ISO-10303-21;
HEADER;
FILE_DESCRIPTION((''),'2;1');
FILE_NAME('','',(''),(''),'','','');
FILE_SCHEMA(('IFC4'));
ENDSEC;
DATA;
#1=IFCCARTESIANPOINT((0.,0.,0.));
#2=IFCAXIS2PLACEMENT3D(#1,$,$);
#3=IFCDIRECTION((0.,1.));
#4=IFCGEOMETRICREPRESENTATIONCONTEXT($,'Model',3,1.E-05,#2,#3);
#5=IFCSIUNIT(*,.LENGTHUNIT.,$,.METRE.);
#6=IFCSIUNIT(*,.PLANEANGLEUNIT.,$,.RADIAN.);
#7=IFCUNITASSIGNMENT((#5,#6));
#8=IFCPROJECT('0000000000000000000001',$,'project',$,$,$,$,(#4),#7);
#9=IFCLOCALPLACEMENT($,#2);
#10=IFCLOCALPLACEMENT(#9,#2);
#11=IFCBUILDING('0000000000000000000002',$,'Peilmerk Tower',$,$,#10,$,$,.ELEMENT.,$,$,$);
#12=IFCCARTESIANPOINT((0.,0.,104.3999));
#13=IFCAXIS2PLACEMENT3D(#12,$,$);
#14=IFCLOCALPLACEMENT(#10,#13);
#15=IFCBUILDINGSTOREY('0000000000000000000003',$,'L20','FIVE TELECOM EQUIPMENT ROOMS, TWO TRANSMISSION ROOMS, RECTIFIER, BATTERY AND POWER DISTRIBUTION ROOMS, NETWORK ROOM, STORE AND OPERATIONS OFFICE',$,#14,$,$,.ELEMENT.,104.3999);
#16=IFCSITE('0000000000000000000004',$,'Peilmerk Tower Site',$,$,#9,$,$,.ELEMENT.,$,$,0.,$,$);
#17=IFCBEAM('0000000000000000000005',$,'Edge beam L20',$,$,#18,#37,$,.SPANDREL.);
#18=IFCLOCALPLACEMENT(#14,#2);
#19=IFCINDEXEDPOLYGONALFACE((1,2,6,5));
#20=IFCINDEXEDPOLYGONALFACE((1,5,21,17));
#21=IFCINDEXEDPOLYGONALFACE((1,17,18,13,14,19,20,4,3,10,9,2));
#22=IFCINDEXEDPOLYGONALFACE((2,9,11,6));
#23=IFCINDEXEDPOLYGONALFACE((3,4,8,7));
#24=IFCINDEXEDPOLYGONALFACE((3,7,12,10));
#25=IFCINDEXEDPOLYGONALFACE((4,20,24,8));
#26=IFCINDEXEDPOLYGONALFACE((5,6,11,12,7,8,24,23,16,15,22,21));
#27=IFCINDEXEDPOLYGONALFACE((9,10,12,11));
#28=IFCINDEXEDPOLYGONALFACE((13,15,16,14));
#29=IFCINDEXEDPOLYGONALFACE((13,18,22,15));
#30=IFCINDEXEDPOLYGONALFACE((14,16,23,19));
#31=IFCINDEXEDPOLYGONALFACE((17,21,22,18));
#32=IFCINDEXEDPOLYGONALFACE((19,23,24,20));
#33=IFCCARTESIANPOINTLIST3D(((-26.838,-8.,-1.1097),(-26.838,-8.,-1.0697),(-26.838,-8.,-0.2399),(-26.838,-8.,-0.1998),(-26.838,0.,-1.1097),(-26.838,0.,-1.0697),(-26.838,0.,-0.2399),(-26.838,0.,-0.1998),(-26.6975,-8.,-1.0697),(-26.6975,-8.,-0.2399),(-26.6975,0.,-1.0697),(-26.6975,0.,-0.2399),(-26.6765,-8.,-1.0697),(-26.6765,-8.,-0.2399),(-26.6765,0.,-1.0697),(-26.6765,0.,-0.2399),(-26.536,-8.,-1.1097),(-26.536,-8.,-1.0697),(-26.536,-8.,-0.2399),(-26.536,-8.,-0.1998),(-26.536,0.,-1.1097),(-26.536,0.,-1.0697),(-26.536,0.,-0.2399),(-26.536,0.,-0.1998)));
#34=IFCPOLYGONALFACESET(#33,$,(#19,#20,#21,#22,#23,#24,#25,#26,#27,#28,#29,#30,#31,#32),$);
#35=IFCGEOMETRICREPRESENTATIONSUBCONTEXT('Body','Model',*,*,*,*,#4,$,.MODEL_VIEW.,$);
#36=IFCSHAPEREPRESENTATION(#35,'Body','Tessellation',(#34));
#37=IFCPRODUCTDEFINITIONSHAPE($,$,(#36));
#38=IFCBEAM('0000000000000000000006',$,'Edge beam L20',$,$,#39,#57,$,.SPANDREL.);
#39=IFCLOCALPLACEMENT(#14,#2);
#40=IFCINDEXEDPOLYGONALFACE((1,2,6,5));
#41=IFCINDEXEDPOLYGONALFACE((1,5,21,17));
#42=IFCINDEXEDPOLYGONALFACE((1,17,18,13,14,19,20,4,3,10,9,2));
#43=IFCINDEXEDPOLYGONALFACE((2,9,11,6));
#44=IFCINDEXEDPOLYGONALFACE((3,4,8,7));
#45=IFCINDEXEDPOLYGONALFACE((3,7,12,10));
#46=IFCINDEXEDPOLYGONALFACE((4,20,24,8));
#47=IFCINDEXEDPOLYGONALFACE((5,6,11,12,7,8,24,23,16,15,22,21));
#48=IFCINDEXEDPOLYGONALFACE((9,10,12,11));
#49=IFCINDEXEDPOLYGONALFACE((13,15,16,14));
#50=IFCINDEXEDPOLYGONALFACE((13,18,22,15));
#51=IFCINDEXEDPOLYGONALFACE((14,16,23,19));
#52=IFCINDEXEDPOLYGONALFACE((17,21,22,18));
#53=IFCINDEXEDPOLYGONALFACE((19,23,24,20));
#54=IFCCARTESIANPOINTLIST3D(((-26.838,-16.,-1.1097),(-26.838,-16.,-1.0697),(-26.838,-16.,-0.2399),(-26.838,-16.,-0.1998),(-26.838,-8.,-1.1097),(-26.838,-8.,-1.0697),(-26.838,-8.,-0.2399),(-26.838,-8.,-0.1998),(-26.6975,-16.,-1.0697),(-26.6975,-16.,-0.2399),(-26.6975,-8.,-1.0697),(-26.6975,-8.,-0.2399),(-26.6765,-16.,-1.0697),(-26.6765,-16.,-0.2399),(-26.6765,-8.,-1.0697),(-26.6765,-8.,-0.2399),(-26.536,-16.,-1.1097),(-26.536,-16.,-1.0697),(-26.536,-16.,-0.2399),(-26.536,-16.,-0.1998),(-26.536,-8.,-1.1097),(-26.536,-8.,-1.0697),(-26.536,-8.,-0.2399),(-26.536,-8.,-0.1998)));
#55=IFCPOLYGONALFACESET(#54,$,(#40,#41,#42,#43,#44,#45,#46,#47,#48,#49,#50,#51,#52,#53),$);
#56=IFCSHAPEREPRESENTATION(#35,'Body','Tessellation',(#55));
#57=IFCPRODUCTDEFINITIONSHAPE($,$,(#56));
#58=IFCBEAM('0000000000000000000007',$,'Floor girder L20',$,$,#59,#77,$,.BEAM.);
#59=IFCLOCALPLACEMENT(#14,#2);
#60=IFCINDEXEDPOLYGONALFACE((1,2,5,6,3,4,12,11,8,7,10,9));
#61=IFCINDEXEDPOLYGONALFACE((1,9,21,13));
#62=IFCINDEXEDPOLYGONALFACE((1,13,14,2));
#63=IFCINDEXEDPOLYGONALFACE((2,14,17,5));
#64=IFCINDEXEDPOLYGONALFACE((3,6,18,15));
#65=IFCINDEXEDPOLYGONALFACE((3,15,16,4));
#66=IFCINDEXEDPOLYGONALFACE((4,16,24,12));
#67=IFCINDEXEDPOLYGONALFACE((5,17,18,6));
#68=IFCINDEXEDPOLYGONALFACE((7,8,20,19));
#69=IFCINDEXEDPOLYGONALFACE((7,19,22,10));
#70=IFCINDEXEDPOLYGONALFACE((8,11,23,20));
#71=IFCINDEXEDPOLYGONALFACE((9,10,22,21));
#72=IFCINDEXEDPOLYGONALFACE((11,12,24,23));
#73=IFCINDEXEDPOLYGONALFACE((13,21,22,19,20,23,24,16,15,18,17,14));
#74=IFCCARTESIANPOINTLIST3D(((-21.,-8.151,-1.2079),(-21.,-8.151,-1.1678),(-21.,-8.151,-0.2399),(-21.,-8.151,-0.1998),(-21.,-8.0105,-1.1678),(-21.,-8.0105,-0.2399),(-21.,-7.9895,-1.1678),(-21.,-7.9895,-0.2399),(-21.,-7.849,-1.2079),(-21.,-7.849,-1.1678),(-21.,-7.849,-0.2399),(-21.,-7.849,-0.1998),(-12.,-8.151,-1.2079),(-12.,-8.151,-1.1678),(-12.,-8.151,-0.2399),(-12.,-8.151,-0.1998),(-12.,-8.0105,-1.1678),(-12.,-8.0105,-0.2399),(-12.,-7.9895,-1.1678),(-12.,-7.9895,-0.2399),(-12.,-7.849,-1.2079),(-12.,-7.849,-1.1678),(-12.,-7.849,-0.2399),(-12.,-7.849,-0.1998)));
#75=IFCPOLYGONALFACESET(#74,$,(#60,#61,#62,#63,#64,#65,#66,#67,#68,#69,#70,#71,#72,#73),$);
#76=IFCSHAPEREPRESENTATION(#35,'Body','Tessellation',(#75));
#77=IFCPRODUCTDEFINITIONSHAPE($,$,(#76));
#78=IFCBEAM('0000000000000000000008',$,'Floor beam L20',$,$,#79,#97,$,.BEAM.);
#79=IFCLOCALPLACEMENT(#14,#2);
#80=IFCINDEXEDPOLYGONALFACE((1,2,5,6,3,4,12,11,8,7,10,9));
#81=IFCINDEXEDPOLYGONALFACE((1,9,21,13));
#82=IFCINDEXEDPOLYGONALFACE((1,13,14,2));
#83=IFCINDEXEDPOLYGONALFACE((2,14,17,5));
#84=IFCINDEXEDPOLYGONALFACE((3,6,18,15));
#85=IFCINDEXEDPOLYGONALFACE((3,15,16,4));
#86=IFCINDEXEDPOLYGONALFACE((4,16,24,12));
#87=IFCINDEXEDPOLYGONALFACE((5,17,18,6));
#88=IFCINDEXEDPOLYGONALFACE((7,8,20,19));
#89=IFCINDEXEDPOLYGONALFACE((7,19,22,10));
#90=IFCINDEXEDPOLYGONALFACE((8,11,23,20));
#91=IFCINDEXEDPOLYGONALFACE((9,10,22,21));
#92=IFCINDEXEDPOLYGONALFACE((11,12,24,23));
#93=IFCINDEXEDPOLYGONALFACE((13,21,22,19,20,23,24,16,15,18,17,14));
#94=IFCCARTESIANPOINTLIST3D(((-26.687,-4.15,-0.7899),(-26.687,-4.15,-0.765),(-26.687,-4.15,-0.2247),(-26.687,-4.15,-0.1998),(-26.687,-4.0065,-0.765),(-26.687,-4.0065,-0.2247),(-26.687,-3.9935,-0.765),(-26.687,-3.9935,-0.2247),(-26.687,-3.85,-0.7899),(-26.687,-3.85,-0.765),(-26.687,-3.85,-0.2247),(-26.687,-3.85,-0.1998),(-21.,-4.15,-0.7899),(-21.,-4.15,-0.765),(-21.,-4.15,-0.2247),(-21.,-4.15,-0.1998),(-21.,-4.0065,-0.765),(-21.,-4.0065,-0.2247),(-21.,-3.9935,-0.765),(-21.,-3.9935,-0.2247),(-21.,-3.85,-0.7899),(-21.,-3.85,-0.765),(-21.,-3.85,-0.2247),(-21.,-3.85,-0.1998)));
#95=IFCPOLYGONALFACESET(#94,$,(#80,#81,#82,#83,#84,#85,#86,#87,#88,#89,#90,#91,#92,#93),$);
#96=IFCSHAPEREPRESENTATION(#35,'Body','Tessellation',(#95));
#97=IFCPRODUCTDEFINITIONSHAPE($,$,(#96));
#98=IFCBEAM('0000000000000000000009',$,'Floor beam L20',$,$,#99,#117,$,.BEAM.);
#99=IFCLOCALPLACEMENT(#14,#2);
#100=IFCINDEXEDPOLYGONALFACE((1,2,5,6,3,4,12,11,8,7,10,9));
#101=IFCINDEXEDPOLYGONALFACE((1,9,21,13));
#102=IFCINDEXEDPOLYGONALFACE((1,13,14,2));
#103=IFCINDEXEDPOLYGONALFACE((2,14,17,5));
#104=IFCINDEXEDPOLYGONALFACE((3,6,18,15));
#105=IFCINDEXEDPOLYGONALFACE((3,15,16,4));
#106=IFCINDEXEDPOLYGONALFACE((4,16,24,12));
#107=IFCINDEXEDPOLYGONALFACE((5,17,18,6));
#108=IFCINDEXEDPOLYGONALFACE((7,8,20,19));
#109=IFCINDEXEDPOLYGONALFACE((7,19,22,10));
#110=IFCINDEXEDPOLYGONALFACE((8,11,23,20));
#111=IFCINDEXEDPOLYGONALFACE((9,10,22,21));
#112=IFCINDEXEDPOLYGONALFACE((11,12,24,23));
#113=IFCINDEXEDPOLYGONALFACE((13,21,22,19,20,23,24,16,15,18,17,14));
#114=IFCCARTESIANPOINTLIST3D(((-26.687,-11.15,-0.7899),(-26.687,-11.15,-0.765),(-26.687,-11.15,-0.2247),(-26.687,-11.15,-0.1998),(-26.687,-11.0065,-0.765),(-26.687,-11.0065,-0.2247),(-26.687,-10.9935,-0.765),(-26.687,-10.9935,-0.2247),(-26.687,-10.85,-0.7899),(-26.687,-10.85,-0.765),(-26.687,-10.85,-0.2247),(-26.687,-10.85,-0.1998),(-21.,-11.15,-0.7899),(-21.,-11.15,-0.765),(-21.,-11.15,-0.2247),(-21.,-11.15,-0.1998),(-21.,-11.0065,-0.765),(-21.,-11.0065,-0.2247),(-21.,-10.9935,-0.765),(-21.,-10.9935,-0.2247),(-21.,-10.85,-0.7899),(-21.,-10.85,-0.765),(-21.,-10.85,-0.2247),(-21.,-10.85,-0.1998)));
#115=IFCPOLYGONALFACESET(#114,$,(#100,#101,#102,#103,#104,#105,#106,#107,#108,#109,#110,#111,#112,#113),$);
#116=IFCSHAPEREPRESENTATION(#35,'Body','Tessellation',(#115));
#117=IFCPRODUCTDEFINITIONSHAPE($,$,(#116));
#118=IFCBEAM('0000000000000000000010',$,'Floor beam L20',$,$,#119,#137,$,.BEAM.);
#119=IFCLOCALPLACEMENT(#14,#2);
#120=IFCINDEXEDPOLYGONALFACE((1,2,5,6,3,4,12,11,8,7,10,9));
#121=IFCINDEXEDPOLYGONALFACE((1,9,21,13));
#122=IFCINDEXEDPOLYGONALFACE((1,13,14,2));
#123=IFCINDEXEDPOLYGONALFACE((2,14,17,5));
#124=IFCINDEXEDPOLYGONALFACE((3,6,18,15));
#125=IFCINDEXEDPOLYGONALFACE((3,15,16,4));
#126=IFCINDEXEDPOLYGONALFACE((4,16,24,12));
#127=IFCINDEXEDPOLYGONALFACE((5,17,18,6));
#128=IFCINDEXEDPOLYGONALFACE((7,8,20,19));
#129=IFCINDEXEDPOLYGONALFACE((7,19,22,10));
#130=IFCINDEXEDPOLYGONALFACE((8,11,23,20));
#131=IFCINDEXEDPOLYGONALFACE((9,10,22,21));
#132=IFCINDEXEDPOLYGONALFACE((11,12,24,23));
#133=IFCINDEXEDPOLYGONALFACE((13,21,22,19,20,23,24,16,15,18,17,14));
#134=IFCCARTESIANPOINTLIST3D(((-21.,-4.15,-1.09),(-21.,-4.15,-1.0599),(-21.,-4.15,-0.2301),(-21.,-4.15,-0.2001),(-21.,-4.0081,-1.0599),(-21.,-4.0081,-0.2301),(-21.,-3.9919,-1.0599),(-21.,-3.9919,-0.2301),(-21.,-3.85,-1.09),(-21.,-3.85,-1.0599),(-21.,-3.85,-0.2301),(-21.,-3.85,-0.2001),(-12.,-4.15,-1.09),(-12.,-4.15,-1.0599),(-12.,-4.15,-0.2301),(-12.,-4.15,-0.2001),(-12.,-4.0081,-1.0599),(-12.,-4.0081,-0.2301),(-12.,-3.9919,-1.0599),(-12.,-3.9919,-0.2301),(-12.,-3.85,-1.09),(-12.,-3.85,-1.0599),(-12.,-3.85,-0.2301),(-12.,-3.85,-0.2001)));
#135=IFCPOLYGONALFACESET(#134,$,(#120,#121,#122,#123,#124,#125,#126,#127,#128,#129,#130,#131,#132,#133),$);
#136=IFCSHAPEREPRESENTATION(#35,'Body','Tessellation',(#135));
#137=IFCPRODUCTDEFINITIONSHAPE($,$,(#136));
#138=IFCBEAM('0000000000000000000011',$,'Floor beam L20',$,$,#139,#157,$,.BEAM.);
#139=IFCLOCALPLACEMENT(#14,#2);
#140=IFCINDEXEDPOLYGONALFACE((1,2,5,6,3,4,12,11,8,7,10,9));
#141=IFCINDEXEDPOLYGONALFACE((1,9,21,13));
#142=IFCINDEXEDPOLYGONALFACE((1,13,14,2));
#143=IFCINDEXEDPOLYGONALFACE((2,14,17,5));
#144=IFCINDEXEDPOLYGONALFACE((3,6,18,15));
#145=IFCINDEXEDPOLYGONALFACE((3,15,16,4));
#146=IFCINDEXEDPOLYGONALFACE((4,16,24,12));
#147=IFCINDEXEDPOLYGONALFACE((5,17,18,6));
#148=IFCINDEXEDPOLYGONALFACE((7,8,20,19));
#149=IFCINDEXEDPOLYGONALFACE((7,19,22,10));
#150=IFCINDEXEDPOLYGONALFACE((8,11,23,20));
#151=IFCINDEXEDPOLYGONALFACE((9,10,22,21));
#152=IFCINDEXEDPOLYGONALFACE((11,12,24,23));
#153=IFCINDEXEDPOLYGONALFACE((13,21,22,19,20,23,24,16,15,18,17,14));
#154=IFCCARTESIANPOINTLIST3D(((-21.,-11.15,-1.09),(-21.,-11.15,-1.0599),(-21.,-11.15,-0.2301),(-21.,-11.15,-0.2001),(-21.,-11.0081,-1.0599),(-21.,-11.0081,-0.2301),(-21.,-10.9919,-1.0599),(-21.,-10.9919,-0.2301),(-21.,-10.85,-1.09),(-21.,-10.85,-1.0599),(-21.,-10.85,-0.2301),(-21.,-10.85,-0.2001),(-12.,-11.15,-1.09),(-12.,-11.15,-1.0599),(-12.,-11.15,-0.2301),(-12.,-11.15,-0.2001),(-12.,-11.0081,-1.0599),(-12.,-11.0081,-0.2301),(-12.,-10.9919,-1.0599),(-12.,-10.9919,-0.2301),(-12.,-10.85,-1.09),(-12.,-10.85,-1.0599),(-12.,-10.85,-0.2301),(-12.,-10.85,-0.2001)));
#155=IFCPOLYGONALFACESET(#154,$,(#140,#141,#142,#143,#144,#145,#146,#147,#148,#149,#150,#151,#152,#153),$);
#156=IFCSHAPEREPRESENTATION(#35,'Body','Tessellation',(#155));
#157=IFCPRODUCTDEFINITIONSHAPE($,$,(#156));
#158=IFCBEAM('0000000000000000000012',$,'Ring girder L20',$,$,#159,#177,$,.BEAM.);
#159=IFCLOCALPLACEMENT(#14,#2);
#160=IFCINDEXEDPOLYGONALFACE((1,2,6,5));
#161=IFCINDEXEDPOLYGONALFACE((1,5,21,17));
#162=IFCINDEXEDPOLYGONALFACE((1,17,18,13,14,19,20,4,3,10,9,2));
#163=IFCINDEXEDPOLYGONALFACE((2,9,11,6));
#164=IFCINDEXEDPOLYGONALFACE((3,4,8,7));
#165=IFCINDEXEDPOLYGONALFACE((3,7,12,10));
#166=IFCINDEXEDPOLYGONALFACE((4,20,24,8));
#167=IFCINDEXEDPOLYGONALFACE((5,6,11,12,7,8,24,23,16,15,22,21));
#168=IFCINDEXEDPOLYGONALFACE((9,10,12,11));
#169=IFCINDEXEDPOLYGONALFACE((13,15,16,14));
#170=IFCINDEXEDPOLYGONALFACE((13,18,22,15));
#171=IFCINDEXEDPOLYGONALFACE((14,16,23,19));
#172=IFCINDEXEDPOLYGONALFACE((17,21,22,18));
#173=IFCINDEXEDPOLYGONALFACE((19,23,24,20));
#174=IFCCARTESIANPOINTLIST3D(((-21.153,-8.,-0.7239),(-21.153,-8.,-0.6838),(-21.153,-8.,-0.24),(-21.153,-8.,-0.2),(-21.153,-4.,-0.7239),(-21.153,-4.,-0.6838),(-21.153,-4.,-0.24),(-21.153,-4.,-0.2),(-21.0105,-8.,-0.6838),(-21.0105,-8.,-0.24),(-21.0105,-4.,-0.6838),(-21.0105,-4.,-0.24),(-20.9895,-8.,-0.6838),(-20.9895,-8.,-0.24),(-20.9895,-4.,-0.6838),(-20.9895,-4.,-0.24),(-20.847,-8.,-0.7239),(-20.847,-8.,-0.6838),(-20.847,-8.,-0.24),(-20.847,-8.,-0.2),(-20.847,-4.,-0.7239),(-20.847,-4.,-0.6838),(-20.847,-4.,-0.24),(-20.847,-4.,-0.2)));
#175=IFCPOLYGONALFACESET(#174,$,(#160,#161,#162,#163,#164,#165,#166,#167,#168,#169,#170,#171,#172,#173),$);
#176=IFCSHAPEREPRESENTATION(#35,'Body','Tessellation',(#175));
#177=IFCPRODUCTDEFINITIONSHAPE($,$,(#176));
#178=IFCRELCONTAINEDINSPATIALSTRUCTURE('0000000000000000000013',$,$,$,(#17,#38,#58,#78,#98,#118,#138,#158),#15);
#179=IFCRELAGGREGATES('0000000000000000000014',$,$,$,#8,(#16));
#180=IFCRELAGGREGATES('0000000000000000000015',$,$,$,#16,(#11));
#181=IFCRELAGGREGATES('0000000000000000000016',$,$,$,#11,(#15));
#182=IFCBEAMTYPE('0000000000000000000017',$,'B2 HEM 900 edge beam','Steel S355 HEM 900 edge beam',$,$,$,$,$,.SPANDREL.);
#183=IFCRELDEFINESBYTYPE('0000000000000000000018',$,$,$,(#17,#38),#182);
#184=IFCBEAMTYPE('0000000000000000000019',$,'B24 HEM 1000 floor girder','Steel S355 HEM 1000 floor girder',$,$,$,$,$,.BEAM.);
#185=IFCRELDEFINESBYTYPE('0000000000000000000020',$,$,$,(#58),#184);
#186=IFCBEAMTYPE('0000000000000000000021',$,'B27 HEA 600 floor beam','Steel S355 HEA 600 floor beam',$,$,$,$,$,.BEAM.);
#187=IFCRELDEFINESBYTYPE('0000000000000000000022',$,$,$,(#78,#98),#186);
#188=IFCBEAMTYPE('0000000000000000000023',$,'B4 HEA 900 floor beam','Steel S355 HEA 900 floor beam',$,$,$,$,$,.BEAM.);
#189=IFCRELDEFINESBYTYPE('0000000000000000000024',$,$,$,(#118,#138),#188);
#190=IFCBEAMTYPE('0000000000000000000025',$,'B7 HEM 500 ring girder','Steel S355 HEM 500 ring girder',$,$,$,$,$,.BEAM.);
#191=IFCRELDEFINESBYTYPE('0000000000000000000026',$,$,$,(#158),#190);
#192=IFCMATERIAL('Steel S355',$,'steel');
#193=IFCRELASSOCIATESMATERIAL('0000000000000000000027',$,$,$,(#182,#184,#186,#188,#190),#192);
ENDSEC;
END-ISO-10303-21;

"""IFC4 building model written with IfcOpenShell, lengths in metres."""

from ifc_helpers import new_model, si_unit, direction, frame, origin, origin_2d, place, context, subcontext, project, spatial, i_section, extrude, material, material_profile, profile_set, type_object, element, save


model = new_model("IFC4")

# Units and contexts
model_context = context("Model", 3, precision=1e-05, world=origin(), true_north=direction((0.0, 1.0)))
body_context = subcontext(model_context, "Body", "Model", "MODEL_VIEW")
ifc_project = project(units=[si_unit("LENGTHUNIT", "METRE"), si_unit("PLANEANGLEUNIT", "RADIAN")], contexts=[model_context])

# Site, building, storey
site_placement = place(None, origin())
site = spatial("IfcSite", under=ifc_project, at=site_placement, Name="Peilmerk Tower Site", CompositionType="ELEMENT", RefElevation=0.0)
building_placement = place(site_placement, origin())
building = spatial("IfcBuilding", under=site, at=building_placement, Name="Peilmerk Tower", CompositionType="ELEMENT")
storey_placement = place(building_placement, frame((0.0, 0.0, 104.3999)))
storey = spatial("IfcBuildingStorey", under=building, at=storey_placement, Name="L20", Description="FIVE TELECOM EQUIPMENT ROOMS, TWO TRANSMISSION ROOMS, RECTIFIER, BATTERY AND POWER DISTRIBUTION ROOMS, NETWORK ROOM, STORE AND OPERATIONS OFFICE", CompositionType="ELEMENT", Elevation=104.3999)

# Beams
ifc_material_1 = material(Name="Steel S355", Category="steel")
ifc_material_profile_1 = material_profile(ifc_material_1, i_section(OverallWidth=0.302, OverallDepth=0.9099, WebThickness=0.021, FlangeThickness=0.04, at=origin_2d()), Name="HEM 900")
ifc_profile_set_1 = profile_set([ifc_material_profile_1], Name="Steel S355")
beam_type_1 = type_object("IfcBeamType", Name="B2 HEM 900 edge beam", Description="Steel S355 HEM 900 edge beam", PredefinedType="SPANDREL", material=ifc_profile_set_1)
for number, where, z_axis, x_axis, name in (
    (1, (-26.687, 0.0, -0.6548), (0.0, -1.0, 0.0), (1.0, 0.0, 0.0), "Edge beam L20"),
    (2, (-26.687, -8.0, -0.6548), (0.0, -1.0, 0.0), (1.0, 0.0, 0.0), "Edge beam L20"),
):
    element("IfcBeam", number, at=place(storey_placement, frame(where, z_axis=z_axis, x_axis=x_axis)), inside=storey, type_object=beam_type_1, Name=name, PredefinedType="SPANDREL", context=body_context, shape_type="SweptSolid", body=[
        extrude(i_section(OverallWidth=0.302, OverallDepth=0.9099, WebThickness=0.021, FlangeThickness=0.04, at=origin_2d()), origin(), (0.0, 0.0, 1.0), 8.0),
    ])
ifc_material_profile_2 = material_profile(ifc_material_1, i_section(OverallWidth=0.302, OverallDepth=1.0081, WebThickness=0.021, FlangeThickness=0.04, at=origin_2d()), Name="HEM 1000")
ifc_profile_set_2 = profile_set([ifc_material_profile_2], Name="Steel S355")
beam_type_2 = type_object("IfcBeamType", Name="B24 HEM 1000 floor girder", Description="Steel S355 HEM 1000 floor girder", PredefinedType="BEAM", material=ifc_profile_set_2)
beam_1_placement = place(storey_placement, frame((-12.0, -8.0, -0.7039), z_axis=(-1.0, 0.0, 0.0), x_axis=(0.0, -1.0, 0.0)))
element("IfcBeam", 3, at=beam_1_placement, inside=storey, type_object=beam_type_2, Name="Floor girder L20", PredefinedType="BEAM", context=body_context, shape_type="SweptSolid", body=[
    extrude(i_section(OverallWidth=0.302, OverallDepth=1.0081, WebThickness=0.021, FlangeThickness=0.04, at=origin_2d()), origin(), (0.0, 0.0, 1.0), 9.0),
])
ifc_material_profile_3 = material_profile(ifc_material_1, i_section(OverallWidth=0.3, OverallDepth=0.5901, WebThickness=0.0129, FlangeThickness=0.0249, at=origin_2d()), Name="HEA 600")
ifc_profile_set_3 = profile_set([ifc_material_profile_3], Name="Steel S355")
beam_type_3 = type_object("IfcBeamType", Name="B27 HEA 600 floor beam", Description="Steel S355 HEA 600 floor beam", PredefinedType="BEAM", material=ifc_profile_set_3)
for number, where, z_axis, x_axis, name in (
    (4, (-21.0, -4.0, -0.4949), (-1.0, 0.0, 0.0), (0.0, -1.0, 0.0), "Floor beam L20"),
    (5, (-21.0, -11.0, -0.4949), (-1.0, 0.0, 0.0), (0.0, -1.0, 0.0), "Floor beam L20"),
):
    element("IfcBeam", number, at=place(storey_placement, frame(where, z_axis=z_axis, x_axis=x_axis)), inside=storey, type_object=beam_type_3, Name=name, PredefinedType="BEAM", context=body_context, shape_type="SweptSolid", body=[
        extrude(i_section(OverallWidth=0.3, OverallDepth=0.5901, WebThickness=0.0129, FlangeThickness=0.0249, at=origin_2d()), origin(), (0.0, 0.0, 1.0), 5.687),
    ])
ifc_material_profile_4 = material_profile(ifc_material_1, i_section(OverallWidth=0.3, OverallDepth=0.8899, WebThickness=0.0161, FlangeThickness=0.03, at=origin_2d()), Name="HEA 900")
ifc_profile_set_4 = profile_set([ifc_material_profile_4], Name="Steel S355")
beam_type_4 = type_object("IfcBeamType", Name="B4 HEA 900 floor beam", Description="Steel S355 HEA 900 floor beam", PredefinedType="BEAM", material=ifc_profile_set_4)
for number, where, z_axis, x_axis, name in (
    (6, (-12.0, -4.0, -0.645), (-1.0, 0.0, 0.0), (0.0, -1.0, 0.0), "Floor beam L20"),
    (7, (-12.0, -11.0, -0.645), (-1.0, 0.0, 0.0), (0.0, -1.0, 0.0), "Floor beam L20"),
):
    element("IfcBeam", number, at=place(storey_placement, frame(where, z_axis=z_axis, x_axis=x_axis)), inside=storey, type_object=beam_type_4, Name=name, PredefinedType="BEAM", context=body_context, shape_type="SweptSolid", body=[
        extrude(i_section(OverallWidth=0.3, OverallDepth=0.8899, WebThickness=0.0161, FlangeThickness=0.03, at=origin_2d()), origin(), (0.0, 0.0, 1.0), 9.0),
    ])
ifc_material_profile_5 = material_profile(ifc_material_1, i_section(OverallWidth=0.3059, OverallDepth=0.5239, WebThickness=0.021, FlangeThickness=0.04, at=origin_2d()), Name="HEM 500")
ifc_profile_set_5 = profile_set([ifc_material_profile_5], Name="Steel S355")
beam_type_5 = type_object("IfcBeamType", Name="B7 HEM 500 ring girder", Description="Steel S355 HEM 500 ring girder", PredefinedType="BEAM", material=ifc_profile_set_5)
beam_2_placement = place(storey_placement, frame((-21.0, -4.0, -0.4619), z_axis=(0.0, -1.0, 0.0), x_axis=(1.0, 0.0, 0.0)))
element("IfcBeam", 8, at=beam_2_placement, inside=storey, type_object=beam_type_5, Name="Ring girder L20", PredefinedType="BEAM", context=body_context, shape_type="SweptSolid", body=[
    extrude(i_section(OverallWidth=0.3059, OverallDepth=0.5239, WebThickness=0.021, FlangeThickness=0.04, at=origin_2d()), origin(), (0.0, 0.0, 1.0), 4.0),
])

save(model, "model.ifc")
